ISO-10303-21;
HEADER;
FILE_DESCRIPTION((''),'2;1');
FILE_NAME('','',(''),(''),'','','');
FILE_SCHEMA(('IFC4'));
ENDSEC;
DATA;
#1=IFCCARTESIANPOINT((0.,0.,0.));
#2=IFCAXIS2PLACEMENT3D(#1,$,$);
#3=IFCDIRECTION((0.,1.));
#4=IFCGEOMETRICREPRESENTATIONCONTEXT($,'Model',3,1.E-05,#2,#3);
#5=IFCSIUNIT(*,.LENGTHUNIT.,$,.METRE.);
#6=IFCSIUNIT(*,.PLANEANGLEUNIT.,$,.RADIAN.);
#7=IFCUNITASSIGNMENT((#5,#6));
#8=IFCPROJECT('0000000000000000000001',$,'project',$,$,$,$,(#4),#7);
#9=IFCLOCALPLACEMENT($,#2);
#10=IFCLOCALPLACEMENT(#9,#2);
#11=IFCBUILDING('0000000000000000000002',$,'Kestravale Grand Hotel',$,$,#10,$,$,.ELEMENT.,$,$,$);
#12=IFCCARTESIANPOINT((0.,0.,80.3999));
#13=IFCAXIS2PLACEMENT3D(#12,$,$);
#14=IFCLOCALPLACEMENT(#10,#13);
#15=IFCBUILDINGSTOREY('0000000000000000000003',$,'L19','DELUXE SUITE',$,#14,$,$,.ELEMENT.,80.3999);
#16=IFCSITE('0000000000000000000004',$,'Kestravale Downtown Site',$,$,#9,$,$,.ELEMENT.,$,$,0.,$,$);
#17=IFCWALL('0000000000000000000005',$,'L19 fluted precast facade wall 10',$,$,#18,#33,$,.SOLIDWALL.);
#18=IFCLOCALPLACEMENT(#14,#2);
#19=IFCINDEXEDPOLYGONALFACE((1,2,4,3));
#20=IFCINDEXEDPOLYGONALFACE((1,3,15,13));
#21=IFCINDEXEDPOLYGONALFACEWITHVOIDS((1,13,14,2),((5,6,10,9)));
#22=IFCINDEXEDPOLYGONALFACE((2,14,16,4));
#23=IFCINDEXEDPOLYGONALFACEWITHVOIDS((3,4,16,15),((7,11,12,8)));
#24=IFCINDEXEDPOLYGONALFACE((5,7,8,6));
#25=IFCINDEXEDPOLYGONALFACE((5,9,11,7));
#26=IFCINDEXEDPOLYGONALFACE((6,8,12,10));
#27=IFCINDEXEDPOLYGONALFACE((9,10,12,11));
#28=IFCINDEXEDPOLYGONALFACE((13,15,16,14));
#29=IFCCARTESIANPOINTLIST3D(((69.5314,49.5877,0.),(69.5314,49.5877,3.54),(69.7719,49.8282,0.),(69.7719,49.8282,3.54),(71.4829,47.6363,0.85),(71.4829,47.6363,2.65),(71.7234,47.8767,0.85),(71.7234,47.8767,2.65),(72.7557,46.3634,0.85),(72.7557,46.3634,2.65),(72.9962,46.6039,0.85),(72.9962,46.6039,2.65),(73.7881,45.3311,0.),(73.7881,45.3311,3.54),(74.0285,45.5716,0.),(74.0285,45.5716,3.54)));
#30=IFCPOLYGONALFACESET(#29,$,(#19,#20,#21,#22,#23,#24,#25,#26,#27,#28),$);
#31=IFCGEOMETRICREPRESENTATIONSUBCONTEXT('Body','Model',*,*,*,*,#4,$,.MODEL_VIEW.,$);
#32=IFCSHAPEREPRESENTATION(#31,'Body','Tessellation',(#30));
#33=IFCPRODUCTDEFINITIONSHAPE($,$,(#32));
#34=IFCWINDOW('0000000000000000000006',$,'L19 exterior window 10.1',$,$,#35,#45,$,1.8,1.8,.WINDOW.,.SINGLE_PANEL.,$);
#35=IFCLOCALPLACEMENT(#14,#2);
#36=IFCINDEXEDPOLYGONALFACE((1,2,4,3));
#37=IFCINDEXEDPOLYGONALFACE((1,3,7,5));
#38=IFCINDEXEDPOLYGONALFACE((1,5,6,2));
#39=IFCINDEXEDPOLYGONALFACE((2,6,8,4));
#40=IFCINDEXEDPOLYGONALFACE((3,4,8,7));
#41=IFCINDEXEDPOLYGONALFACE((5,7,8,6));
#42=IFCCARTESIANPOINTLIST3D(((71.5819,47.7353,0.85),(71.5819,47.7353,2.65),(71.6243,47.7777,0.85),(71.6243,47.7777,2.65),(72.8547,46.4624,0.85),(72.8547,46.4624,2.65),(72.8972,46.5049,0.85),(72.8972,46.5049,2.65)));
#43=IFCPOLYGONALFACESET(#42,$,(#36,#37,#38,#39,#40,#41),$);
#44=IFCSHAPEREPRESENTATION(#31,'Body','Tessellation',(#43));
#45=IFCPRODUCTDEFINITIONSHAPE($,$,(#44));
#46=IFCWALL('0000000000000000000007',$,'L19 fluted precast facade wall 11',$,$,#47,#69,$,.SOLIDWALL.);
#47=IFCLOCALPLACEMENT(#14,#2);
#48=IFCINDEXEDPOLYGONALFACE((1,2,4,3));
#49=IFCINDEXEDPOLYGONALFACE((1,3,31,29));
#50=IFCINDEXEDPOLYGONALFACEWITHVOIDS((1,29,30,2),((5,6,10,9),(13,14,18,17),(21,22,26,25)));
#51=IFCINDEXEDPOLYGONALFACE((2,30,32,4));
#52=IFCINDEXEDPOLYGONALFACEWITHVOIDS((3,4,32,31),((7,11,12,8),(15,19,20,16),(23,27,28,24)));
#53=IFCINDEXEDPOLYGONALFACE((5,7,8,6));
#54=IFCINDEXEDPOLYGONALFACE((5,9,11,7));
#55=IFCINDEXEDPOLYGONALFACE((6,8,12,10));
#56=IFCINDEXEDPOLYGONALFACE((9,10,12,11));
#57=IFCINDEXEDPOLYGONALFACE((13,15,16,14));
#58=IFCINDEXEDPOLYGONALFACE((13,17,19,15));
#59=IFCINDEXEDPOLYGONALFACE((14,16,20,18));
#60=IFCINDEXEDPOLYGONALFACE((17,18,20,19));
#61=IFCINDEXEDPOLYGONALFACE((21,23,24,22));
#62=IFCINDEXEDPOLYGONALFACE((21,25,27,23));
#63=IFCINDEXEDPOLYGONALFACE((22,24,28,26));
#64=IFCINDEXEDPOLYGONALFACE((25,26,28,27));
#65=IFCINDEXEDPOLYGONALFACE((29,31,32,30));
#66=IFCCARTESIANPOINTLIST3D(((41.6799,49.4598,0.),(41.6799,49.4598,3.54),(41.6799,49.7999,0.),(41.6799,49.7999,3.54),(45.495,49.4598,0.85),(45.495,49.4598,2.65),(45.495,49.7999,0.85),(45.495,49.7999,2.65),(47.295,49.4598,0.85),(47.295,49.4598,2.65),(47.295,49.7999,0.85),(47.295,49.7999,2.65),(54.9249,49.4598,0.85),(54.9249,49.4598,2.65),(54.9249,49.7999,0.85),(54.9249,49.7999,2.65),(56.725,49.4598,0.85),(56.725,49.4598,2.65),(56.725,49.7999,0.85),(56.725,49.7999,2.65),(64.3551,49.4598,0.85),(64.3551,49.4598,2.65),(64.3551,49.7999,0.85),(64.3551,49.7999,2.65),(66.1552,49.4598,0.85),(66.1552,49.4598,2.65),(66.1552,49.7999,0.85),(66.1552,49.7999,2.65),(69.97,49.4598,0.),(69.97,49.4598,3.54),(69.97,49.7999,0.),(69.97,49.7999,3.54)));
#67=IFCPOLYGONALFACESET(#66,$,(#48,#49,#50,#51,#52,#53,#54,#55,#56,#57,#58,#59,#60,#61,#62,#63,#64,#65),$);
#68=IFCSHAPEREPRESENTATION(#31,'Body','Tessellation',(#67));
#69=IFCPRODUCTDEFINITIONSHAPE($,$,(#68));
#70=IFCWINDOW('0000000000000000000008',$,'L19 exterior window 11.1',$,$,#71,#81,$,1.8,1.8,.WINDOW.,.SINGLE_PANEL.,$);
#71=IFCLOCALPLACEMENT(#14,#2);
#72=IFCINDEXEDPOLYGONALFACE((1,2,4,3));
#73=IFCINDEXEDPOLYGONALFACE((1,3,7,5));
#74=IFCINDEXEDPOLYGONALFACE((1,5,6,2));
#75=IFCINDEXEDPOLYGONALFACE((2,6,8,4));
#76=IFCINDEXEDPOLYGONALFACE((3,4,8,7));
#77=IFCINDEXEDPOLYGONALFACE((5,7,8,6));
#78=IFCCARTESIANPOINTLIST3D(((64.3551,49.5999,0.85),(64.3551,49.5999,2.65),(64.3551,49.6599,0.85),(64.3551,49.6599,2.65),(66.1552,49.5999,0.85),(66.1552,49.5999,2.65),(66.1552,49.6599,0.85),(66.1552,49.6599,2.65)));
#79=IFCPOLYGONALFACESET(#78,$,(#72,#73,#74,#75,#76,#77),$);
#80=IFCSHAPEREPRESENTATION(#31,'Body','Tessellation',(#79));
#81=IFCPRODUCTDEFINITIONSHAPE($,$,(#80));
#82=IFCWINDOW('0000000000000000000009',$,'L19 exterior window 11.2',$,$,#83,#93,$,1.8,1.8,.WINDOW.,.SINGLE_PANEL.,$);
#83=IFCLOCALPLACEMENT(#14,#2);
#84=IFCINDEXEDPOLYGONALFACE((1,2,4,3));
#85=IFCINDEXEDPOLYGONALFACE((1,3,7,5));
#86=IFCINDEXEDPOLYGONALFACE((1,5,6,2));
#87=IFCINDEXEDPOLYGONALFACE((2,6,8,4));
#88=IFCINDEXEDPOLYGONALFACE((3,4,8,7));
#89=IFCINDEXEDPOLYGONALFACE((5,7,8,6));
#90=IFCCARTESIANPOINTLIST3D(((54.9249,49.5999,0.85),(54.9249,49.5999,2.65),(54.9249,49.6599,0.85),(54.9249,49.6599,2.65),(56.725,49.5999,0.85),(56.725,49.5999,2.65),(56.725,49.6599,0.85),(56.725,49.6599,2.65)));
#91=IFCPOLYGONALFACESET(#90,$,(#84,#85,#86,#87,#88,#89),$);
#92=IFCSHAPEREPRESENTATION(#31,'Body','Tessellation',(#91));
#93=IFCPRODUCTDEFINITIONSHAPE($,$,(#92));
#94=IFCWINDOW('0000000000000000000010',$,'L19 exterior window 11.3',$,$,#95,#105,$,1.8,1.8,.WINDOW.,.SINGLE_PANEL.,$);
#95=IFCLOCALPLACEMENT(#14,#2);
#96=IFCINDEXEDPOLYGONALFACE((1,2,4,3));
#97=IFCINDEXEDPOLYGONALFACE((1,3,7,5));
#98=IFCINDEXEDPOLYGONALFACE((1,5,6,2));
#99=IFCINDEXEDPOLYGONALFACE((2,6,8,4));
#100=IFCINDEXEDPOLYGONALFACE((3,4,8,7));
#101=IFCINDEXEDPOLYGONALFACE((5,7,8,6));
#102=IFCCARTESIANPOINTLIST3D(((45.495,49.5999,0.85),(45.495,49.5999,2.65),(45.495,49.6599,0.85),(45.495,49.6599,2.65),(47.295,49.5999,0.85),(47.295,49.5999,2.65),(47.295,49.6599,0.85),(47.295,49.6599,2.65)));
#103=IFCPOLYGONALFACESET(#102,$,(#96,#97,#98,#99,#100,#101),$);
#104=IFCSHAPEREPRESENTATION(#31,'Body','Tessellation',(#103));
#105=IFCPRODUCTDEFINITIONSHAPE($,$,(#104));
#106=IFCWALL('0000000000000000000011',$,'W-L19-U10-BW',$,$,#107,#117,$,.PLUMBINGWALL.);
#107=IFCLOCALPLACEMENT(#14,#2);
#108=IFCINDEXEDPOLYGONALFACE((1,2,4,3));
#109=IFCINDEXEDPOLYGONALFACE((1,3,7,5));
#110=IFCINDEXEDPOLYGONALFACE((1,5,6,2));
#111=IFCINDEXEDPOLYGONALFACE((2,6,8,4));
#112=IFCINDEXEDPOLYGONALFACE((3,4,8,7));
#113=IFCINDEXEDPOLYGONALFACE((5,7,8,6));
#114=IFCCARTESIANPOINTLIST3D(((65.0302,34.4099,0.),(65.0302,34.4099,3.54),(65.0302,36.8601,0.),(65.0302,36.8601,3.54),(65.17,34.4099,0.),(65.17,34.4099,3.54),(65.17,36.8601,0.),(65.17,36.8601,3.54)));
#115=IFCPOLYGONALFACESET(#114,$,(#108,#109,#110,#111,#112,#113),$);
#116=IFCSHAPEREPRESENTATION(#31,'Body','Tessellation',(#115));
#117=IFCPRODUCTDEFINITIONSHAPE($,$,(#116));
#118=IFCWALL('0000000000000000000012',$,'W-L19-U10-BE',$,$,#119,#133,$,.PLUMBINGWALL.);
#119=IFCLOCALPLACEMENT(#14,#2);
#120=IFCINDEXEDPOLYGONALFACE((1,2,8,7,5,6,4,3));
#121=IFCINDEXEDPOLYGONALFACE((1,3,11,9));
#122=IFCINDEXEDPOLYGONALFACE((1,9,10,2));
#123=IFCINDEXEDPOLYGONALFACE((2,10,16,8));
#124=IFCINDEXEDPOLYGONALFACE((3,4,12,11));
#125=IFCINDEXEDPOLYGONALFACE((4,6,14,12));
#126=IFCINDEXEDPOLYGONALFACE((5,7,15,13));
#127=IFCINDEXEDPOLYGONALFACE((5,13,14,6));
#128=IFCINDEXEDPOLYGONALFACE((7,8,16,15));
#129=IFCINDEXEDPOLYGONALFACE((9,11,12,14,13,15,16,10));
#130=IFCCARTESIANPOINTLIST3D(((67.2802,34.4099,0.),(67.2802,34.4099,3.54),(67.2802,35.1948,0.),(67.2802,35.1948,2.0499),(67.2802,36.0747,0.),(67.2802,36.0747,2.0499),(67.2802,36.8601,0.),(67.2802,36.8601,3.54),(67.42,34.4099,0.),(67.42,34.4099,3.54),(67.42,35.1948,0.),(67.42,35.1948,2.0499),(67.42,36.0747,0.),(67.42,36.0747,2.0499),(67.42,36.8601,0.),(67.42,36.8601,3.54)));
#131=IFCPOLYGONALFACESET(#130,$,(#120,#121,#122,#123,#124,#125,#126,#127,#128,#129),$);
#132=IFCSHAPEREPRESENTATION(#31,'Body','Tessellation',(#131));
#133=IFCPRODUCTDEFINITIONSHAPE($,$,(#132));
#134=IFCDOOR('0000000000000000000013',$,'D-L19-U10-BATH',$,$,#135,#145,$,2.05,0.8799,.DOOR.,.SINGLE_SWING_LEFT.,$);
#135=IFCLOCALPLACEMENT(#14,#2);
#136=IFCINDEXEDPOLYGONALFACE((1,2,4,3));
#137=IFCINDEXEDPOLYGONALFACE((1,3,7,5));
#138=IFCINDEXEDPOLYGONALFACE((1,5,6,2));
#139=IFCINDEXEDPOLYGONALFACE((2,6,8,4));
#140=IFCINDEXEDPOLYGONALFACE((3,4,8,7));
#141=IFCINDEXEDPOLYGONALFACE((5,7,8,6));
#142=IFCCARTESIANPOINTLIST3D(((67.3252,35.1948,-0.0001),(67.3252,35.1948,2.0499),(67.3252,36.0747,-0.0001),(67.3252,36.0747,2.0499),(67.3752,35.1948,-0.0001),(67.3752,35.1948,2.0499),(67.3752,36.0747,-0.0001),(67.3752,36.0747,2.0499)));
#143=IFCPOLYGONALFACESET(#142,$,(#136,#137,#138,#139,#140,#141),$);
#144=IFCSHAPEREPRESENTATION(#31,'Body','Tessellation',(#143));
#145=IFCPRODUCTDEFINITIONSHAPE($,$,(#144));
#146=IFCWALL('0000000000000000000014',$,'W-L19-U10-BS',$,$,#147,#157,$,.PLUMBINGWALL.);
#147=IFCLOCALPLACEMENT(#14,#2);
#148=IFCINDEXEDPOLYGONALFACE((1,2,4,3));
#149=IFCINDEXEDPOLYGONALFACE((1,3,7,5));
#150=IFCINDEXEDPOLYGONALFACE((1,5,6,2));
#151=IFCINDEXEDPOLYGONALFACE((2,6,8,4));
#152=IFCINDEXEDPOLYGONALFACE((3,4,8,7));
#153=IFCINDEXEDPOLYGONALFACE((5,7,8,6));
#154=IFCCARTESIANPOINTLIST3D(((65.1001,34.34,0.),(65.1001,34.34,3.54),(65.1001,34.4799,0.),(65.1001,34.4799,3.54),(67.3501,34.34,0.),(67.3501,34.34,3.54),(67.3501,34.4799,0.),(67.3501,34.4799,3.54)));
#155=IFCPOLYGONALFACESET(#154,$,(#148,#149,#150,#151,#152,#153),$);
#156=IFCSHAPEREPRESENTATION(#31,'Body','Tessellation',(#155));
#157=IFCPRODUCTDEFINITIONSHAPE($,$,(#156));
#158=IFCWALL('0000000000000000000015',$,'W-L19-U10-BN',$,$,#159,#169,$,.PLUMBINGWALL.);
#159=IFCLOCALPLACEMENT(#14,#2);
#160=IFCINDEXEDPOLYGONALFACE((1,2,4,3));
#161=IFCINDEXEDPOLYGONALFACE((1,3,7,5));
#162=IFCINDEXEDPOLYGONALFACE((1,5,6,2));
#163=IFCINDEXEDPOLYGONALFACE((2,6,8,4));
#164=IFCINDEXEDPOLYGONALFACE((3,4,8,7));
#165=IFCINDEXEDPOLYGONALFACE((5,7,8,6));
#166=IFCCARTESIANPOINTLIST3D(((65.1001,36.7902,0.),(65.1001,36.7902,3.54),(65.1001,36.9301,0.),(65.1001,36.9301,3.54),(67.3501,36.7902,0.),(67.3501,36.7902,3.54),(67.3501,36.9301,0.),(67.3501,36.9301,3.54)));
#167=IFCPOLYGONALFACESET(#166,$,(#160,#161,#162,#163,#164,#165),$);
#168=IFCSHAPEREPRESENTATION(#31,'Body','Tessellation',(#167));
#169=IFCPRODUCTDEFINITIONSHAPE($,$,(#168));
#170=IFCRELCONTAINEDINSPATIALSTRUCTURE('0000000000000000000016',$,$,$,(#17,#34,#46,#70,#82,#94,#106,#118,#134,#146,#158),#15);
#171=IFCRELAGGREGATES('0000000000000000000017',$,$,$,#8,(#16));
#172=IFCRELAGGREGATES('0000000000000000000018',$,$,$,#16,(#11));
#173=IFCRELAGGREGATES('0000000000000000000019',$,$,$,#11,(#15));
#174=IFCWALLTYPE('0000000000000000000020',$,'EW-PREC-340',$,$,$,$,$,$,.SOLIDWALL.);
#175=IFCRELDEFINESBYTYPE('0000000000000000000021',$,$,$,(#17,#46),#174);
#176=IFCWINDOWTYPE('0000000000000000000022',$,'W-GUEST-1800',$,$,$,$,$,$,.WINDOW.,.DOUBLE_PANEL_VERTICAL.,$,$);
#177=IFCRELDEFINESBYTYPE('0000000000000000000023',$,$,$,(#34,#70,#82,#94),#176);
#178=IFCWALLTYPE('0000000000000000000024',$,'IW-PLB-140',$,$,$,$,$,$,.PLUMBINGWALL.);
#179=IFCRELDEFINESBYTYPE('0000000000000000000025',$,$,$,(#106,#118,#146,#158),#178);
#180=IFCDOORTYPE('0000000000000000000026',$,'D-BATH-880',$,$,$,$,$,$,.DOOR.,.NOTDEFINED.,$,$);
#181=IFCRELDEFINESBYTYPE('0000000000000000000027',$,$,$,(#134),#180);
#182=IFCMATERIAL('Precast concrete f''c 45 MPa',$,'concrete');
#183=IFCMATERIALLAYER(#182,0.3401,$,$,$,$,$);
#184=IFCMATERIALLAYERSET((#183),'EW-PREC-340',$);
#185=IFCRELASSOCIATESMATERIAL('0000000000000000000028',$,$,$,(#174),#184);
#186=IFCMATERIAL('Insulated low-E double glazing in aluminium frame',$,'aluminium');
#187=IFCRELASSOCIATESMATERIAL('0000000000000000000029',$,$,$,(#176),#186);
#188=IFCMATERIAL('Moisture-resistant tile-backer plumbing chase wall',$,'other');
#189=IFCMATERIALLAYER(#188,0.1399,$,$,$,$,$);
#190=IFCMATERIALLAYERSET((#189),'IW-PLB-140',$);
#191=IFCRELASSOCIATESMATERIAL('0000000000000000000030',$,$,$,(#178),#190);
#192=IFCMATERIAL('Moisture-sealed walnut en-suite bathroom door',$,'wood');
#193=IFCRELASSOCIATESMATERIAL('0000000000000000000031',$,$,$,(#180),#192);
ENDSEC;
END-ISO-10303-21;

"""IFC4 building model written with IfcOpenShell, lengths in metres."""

from ifc_helpers import new_model, si_unit, direction, frame, frame_2d, origin, place, context, subcontext, project, spatial, rectangle, extrude, material, layer, layer_set, type_object, element, fill, save


model = new_model("IFC4")

# Units and contexts
model_context = context("Model", 3, precision=1e-05, world=origin(), true_north=direction((0.0, 1.0)))
body_context = subcontext(model_context, "Body", "Model", "MODEL_VIEW")
ifc_project = project(units=[si_unit("LENGTHUNIT", "METRE"), si_unit("PLANEANGLEUNIT", "RADIAN")], contexts=[model_context])

# Site, building, storey
site_placement = place(None, origin())
site = spatial("IfcSite", under=ifc_project, at=site_placement, Name="Kestravale Downtown Site", CompositionType="ELEMENT", RefElevation=0.0)
building_placement = place(site_placement, origin())
building = spatial("IfcBuilding", under=site, at=building_placement, Name="Kestravale Grand Hotel", CompositionType="ELEMENT")
storey_placement = place(building_placement, frame((0.0, 0.0, 80.3999)))
storey = spatial("IfcBuildingStorey", under=building, at=storey_placement, Name="L19", Description="DELUXE SUITE", CompositionType="ELEMENT", Elevation=80.3999)

# Wall, opening, window
ifc_material_1 = material(Name="Precast concrete f'c 45 MPa", Category="concrete")
ifc_layer_1 = layer(ifc_material_1, 0.3401)
ifc_layer_set_1 = layer_set([ifc_layer_1], Name="EW-PREC-340")
wall_type_1 = type_object("IfcWallType", Name="EW-PREC-340", PredefinedType="SOLIDWALL", material=ifc_layer_set_1)
wall_1_placement = place(storey_placement, frame((73.9082, 45.4514, 0.0), z_axis=(0.0, 0.0, 1.0), x_axis=(-0.707107, 0.707107, 0.0)))
wall_1 = element("IfcWall", 1, at=wall_1_placement, inside=storey, type_object=wall_type_1, Name="L19 fluted precast facade wall 10", PredefinedType="SOLIDWALL", context=body_context, shape_type="SweptSolid", body=[
    extrude(rectangle(XDim=6.0198, YDim=0.3401, at=frame_2d((3.0098, 0.0))), origin(), (0.0, 0.0, 1.0), 3.54),
])
opening_1_placement = place(wall_1_placement, frame((1.46, 0.0, 0.8501)))
opening_1 = element("IfcOpeningElement", 2, at=opening_1_placement, cuts=wall_1, PredefinedType="OPENING", context=body_context, shape_type="SweptSolid", body=[
    extrude(rectangle(XDim=1.8, YDim=1.8, at=frame_2d((0.8999, 0.8999))), frame((0.0, 0.1799, 0.0), z_axis=(0.0, -1.0, 0.0), x_axis=(1.0, 0.0, 0.0)), (0.0, 0.0, 1.0), 0.3601),
])
ifc_material_2 = material(Name="Insulated low-E double glazing in aluminium frame", Category="aluminium")
window_type = type_object("IfcWindowType", Name="W-GUEST-1800", PartitioningType="DOUBLE_PANEL_VERTICAL", PredefinedType="WINDOW", material=ifc_material_2)
window_1_placement = place(opening_1_placement, origin())
window_1 = element("IfcWindow", 3, at=window_1_placement, inside=storey, type_object=window_type, Name="L19 exterior window 10.1", OverallHeight=1.8, OverallWidth=1.8, PartitioningType="SINGLE_PANEL", PredefinedType="WINDOW", context=body_context, shape_type="SweptSolid", body=[
    extrude(rectangle(XDim=1.8, YDim=1.8, at=frame_2d((0.8999, 0.8999))), frame((0.0, 0.03, 0.0), z_axis=(0.0, -1.0, 0.0), x_axis=(1.0, 0.0, 0.0)), (0.0, 0.0, 1.0), 0.0601),
])
fill(opening_1, window_1)

# Wall, openings, windows
wall_2_placement = place(storey_placement, frame((69.97, 49.6299, 0.0), z_axis=(0.0, 0.0, 1.0), x_axis=(-1.0, 0.0, 0.0)))
wall_2 = element("IfcWall", 4, at=wall_2_placement, inside=storey, type_object=wall_type_1, Name="L19 fluted precast facade wall 11", PredefinedType="SOLIDWALL", context=body_context, shape_type="SweptSolid", body=[
    extrude(rectangle(XDim=28.29, YDim=0.3401, at=frame_2d((14.145, 0.0))), origin(), (0.0, 0.0, 1.0), 3.54),
])
opening_2_placement = place(wall_2_placement, frame((3.8149, 0.0, 0.8501)))
opening_2 = element("IfcOpeningElement", 5, at=opening_2_placement, cuts=wall_2, PredefinedType="OPENING", context=body_context, shape_type="SweptSolid", body=[
    extrude(rectangle(XDim=1.8, YDim=1.8, at=frame_2d((0.8999, 0.8999))), frame((0.0, 0.1799, 0.0), z_axis=(0.0, -1.0, 0.0), x_axis=(1.0, 0.0, 0.0)), (0.0, 0.0, 1.0), 0.3601),
])
opening_3_placement = place(wall_2_placement, frame((13.2451, 0.0, 0.8501)))
opening_3 = element("IfcOpeningElement", 6, at=opening_3_placement, cuts=wall_2, PredefinedType="OPENING", context=body_context, shape_type="SweptSolid", body=[
    extrude(rectangle(XDim=1.8, YDim=1.8, at=frame_2d((0.8999, 0.8999))), frame((0.0, 0.1799, 0.0), z_axis=(0.0, -1.0, 0.0), x_axis=(1.0, 0.0, 0.0)), (0.0, 0.0, 1.0), 0.3601),
])
opening_4_placement = place(wall_2_placement, frame((22.675, 0.0, 0.8501)))
opening_4 = element("IfcOpeningElement", 7, at=opening_4_placement, cuts=wall_2, PredefinedType="OPENING", context=body_context, shape_type="SweptSolid", body=[
    extrude(rectangle(XDim=1.8, YDim=1.8, at=frame_2d((0.8999, 0.8999))), frame((0.0, 0.1799, 0.0), z_axis=(0.0, -1.0, 0.0), x_axis=(1.0, 0.0, 0.0)), (0.0, 0.0, 1.0), 0.3601),
])
window_2_placement = place(opening_2_placement, origin())
window_2 = element("IfcWindow", 8, at=window_2_placement, inside=storey, type_object=window_type, Name="L19 exterior window 11.1", OverallHeight=1.8, OverallWidth=1.8, PartitioningType="SINGLE_PANEL", PredefinedType="WINDOW", context=body_context, shape_type="SweptSolid", body=[
    extrude(rectangle(XDim=1.8, YDim=1.8, at=frame_2d((0.8999, 0.8999))), frame((0.0, 0.03, 0.0), z_axis=(0.0, -1.0, 0.0), x_axis=(1.0, 0.0, 0.0)), (0.0, 0.0, 1.0), 0.0601),
])
fill(opening_2, window_2)
window_3_placement = place(opening_3_placement, origin())
window_3 = element("IfcWindow", 9, at=window_3_placement, inside=storey, type_object=window_type, Name="L19 exterior window 11.2", OverallHeight=1.8, OverallWidth=1.8, PartitioningType="SINGLE_PANEL", PredefinedType="WINDOW", context=body_context, shape_type="SweptSolid", body=[
    extrude(rectangle(XDim=1.8, YDim=1.8, at=frame_2d((0.8999, 0.8999))), frame((0.0, 0.03, 0.0), z_axis=(0.0, -1.0, 0.0), x_axis=(1.0, 0.0, 0.0)), (0.0, 0.0, 1.0), 0.0601),
])
fill(opening_3, window_3)
window_4_placement = place(opening_4_placement, origin())
window_4 = element("IfcWindow", 10, at=window_4_placement, inside=storey, type_object=window_type, Name="L19 exterior window 11.3", OverallHeight=1.8, OverallWidth=1.8, PartitioningType="SINGLE_PANEL", PredefinedType="WINDOW", context=body_context, shape_type="SweptSolid", body=[
    extrude(rectangle(XDim=1.8, YDim=1.8, at=frame_2d((0.8999, 0.8999))), frame((0.0, 0.03, 0.0), z_axis=(0.0, -1.0, 0.0), x_axis=(1.0, 0.0, 0.0)), (0.0, 0.0, 1.0), 0.0601),
])
fill(opening_4, window_4)

# Wall
ifc_material_3 = material(Name="Moisture-resistant tile-backer plumbing chase wall", Category="other")
ifc_layer_2 = layer(ifc_material_3, 0.1399)
ifc_layer_set_2 = layer_set([ifc_layer_2], Name="IW-PLB-140")
wall_type_2 = type_object("IfcWallType", Name="IW-PLB-140", PredefinedType="PLUMBINGWALL", material=ifc_layer_set_2)
wall_3_placement = place(storey_placement, frame((65.1001, 34.4099, 0.0), z_axis=(0.0, 0.0, 1.0), x_axis=(0.0, 1.0, 0.0)))
element("IfcWall", 11, at=wall_3_placement, inside=storey, type_object=wall_type_2, Name="W-L19-U10-BW", PredefinedType="PLUMBINGWALL", context=body_context, shape_type="SweptSolid", body=[
    extrude(rectangle(XDim=2.4502, YDim=0.1399, at=frame_2d((1.2251, 0.0))), origin(), (0.0, 0.0, 1.0), 3.54),
])

# Wall, opening, door
wall_4_placement = place(storey_placement, frame((67.3501, 34.4099, 0.0), z_axis=(0.0, 0.0, 1.0), x_axis=(0.0, 1.0, 0.0)))
wall_4 = element("IfcWall", 12, at=wall_4_placement, inside=storey, type_object=wall_type_2, Name="W-L19-U10-BE", PredefinedType="PLUMBINGWALL", context=body_context, shape_type="SweptSolid", body=[
    extrude(rectangle(XDim=2.4502, YDim=0.1399, at=frame_2d((1.2251, 0.0))), origin(), (0.0, 0.0, 1.0), 3.54),
])
opening_5_placement = place(wall_4_placement, frame((0.7849, 0.0, 0.0)))
opening_5 = element("IfcOpeningElement", 13, at=opening_5_placement, cuts=wall_4, PredefinedType="OPENING", context=body_context, shape_type="SweptSolid", body=[
    extrude(rectangle(XDim=0.8799, YDim=2.05, at=frame_2d((0.4399, 1.0249))), frame((0.0, 0.0798, 0.0), z_axis=(0.0, -1.0, 0.0), x_axis=(1.0, 0.0, 0.0)), (0.0, 0.0, 1.0), 0.1599),
])
ifc_material_4 = material(Name="Moisture-sealed walnut en-suite bathroom door", Category="wood")
door_type_1 = type_object("IfcDoorType", Name="D-BATH-880", OperationType="NOTDEFINED", PredefinedType="DOOR", material=ifc_material_4)
door_1_placement = place(opening_5_placement, origin())
door_1 = element("IfcDoor", 14, at=door_1_placement, inside=storey, type_object=door_type_1, Name="D-L19-U10-BATH", OperationType="SINGLE_SWING_LEFT", OverallHeight=2.05, OverallWidth=0.8799, PredefinedType="DOOR", context=body_context, shape_type="SweptSolid", body=[
    extrude(rectangle(XDim=0.8799, YDim=2.05, at=frame_2d((0.4399, 1.0249))), frame((0.0, 0.0249, 0.0), z_axis=(0.0, -1.0, 0.0), x_axis=(1.0, 0.0, 0.0)), (0.0, 0.0, 1.0), 0.05),
])
fill(opening_5, door_1)

# Walls
for number, where, z_axis, x_axis, name in (
    (15, (65.1001, 34.4099, 0.0), (0.0, 0.0, 1.0), (1.0, 0.0, 0.0), "W-L19-U10-BS"),
    (16, (65.1001, 36.8601, 0.0), (0.0, 0.0, 1.0), (1.0, 0.0, 0.0), "W-L19-U10-BN"),
):
    element("IfcWall", number, at=place(storey_placement, frame(where, z_axis=z_axis, x_axis=x_axis)), inside=storey, type_object=wall_type_2, Name=name, PredefinedType="PLUMBINGWALL", context=body_context, shape_type="SweptSolid", body=[
        extrude(rectangle(XDim=2.25, YDim=0.1399, at=frame_2d((1.125, 0.0))), origin(), (0.0, 0.0, 1.0), 3.54),
    ])

save(model, "model.ifc")
